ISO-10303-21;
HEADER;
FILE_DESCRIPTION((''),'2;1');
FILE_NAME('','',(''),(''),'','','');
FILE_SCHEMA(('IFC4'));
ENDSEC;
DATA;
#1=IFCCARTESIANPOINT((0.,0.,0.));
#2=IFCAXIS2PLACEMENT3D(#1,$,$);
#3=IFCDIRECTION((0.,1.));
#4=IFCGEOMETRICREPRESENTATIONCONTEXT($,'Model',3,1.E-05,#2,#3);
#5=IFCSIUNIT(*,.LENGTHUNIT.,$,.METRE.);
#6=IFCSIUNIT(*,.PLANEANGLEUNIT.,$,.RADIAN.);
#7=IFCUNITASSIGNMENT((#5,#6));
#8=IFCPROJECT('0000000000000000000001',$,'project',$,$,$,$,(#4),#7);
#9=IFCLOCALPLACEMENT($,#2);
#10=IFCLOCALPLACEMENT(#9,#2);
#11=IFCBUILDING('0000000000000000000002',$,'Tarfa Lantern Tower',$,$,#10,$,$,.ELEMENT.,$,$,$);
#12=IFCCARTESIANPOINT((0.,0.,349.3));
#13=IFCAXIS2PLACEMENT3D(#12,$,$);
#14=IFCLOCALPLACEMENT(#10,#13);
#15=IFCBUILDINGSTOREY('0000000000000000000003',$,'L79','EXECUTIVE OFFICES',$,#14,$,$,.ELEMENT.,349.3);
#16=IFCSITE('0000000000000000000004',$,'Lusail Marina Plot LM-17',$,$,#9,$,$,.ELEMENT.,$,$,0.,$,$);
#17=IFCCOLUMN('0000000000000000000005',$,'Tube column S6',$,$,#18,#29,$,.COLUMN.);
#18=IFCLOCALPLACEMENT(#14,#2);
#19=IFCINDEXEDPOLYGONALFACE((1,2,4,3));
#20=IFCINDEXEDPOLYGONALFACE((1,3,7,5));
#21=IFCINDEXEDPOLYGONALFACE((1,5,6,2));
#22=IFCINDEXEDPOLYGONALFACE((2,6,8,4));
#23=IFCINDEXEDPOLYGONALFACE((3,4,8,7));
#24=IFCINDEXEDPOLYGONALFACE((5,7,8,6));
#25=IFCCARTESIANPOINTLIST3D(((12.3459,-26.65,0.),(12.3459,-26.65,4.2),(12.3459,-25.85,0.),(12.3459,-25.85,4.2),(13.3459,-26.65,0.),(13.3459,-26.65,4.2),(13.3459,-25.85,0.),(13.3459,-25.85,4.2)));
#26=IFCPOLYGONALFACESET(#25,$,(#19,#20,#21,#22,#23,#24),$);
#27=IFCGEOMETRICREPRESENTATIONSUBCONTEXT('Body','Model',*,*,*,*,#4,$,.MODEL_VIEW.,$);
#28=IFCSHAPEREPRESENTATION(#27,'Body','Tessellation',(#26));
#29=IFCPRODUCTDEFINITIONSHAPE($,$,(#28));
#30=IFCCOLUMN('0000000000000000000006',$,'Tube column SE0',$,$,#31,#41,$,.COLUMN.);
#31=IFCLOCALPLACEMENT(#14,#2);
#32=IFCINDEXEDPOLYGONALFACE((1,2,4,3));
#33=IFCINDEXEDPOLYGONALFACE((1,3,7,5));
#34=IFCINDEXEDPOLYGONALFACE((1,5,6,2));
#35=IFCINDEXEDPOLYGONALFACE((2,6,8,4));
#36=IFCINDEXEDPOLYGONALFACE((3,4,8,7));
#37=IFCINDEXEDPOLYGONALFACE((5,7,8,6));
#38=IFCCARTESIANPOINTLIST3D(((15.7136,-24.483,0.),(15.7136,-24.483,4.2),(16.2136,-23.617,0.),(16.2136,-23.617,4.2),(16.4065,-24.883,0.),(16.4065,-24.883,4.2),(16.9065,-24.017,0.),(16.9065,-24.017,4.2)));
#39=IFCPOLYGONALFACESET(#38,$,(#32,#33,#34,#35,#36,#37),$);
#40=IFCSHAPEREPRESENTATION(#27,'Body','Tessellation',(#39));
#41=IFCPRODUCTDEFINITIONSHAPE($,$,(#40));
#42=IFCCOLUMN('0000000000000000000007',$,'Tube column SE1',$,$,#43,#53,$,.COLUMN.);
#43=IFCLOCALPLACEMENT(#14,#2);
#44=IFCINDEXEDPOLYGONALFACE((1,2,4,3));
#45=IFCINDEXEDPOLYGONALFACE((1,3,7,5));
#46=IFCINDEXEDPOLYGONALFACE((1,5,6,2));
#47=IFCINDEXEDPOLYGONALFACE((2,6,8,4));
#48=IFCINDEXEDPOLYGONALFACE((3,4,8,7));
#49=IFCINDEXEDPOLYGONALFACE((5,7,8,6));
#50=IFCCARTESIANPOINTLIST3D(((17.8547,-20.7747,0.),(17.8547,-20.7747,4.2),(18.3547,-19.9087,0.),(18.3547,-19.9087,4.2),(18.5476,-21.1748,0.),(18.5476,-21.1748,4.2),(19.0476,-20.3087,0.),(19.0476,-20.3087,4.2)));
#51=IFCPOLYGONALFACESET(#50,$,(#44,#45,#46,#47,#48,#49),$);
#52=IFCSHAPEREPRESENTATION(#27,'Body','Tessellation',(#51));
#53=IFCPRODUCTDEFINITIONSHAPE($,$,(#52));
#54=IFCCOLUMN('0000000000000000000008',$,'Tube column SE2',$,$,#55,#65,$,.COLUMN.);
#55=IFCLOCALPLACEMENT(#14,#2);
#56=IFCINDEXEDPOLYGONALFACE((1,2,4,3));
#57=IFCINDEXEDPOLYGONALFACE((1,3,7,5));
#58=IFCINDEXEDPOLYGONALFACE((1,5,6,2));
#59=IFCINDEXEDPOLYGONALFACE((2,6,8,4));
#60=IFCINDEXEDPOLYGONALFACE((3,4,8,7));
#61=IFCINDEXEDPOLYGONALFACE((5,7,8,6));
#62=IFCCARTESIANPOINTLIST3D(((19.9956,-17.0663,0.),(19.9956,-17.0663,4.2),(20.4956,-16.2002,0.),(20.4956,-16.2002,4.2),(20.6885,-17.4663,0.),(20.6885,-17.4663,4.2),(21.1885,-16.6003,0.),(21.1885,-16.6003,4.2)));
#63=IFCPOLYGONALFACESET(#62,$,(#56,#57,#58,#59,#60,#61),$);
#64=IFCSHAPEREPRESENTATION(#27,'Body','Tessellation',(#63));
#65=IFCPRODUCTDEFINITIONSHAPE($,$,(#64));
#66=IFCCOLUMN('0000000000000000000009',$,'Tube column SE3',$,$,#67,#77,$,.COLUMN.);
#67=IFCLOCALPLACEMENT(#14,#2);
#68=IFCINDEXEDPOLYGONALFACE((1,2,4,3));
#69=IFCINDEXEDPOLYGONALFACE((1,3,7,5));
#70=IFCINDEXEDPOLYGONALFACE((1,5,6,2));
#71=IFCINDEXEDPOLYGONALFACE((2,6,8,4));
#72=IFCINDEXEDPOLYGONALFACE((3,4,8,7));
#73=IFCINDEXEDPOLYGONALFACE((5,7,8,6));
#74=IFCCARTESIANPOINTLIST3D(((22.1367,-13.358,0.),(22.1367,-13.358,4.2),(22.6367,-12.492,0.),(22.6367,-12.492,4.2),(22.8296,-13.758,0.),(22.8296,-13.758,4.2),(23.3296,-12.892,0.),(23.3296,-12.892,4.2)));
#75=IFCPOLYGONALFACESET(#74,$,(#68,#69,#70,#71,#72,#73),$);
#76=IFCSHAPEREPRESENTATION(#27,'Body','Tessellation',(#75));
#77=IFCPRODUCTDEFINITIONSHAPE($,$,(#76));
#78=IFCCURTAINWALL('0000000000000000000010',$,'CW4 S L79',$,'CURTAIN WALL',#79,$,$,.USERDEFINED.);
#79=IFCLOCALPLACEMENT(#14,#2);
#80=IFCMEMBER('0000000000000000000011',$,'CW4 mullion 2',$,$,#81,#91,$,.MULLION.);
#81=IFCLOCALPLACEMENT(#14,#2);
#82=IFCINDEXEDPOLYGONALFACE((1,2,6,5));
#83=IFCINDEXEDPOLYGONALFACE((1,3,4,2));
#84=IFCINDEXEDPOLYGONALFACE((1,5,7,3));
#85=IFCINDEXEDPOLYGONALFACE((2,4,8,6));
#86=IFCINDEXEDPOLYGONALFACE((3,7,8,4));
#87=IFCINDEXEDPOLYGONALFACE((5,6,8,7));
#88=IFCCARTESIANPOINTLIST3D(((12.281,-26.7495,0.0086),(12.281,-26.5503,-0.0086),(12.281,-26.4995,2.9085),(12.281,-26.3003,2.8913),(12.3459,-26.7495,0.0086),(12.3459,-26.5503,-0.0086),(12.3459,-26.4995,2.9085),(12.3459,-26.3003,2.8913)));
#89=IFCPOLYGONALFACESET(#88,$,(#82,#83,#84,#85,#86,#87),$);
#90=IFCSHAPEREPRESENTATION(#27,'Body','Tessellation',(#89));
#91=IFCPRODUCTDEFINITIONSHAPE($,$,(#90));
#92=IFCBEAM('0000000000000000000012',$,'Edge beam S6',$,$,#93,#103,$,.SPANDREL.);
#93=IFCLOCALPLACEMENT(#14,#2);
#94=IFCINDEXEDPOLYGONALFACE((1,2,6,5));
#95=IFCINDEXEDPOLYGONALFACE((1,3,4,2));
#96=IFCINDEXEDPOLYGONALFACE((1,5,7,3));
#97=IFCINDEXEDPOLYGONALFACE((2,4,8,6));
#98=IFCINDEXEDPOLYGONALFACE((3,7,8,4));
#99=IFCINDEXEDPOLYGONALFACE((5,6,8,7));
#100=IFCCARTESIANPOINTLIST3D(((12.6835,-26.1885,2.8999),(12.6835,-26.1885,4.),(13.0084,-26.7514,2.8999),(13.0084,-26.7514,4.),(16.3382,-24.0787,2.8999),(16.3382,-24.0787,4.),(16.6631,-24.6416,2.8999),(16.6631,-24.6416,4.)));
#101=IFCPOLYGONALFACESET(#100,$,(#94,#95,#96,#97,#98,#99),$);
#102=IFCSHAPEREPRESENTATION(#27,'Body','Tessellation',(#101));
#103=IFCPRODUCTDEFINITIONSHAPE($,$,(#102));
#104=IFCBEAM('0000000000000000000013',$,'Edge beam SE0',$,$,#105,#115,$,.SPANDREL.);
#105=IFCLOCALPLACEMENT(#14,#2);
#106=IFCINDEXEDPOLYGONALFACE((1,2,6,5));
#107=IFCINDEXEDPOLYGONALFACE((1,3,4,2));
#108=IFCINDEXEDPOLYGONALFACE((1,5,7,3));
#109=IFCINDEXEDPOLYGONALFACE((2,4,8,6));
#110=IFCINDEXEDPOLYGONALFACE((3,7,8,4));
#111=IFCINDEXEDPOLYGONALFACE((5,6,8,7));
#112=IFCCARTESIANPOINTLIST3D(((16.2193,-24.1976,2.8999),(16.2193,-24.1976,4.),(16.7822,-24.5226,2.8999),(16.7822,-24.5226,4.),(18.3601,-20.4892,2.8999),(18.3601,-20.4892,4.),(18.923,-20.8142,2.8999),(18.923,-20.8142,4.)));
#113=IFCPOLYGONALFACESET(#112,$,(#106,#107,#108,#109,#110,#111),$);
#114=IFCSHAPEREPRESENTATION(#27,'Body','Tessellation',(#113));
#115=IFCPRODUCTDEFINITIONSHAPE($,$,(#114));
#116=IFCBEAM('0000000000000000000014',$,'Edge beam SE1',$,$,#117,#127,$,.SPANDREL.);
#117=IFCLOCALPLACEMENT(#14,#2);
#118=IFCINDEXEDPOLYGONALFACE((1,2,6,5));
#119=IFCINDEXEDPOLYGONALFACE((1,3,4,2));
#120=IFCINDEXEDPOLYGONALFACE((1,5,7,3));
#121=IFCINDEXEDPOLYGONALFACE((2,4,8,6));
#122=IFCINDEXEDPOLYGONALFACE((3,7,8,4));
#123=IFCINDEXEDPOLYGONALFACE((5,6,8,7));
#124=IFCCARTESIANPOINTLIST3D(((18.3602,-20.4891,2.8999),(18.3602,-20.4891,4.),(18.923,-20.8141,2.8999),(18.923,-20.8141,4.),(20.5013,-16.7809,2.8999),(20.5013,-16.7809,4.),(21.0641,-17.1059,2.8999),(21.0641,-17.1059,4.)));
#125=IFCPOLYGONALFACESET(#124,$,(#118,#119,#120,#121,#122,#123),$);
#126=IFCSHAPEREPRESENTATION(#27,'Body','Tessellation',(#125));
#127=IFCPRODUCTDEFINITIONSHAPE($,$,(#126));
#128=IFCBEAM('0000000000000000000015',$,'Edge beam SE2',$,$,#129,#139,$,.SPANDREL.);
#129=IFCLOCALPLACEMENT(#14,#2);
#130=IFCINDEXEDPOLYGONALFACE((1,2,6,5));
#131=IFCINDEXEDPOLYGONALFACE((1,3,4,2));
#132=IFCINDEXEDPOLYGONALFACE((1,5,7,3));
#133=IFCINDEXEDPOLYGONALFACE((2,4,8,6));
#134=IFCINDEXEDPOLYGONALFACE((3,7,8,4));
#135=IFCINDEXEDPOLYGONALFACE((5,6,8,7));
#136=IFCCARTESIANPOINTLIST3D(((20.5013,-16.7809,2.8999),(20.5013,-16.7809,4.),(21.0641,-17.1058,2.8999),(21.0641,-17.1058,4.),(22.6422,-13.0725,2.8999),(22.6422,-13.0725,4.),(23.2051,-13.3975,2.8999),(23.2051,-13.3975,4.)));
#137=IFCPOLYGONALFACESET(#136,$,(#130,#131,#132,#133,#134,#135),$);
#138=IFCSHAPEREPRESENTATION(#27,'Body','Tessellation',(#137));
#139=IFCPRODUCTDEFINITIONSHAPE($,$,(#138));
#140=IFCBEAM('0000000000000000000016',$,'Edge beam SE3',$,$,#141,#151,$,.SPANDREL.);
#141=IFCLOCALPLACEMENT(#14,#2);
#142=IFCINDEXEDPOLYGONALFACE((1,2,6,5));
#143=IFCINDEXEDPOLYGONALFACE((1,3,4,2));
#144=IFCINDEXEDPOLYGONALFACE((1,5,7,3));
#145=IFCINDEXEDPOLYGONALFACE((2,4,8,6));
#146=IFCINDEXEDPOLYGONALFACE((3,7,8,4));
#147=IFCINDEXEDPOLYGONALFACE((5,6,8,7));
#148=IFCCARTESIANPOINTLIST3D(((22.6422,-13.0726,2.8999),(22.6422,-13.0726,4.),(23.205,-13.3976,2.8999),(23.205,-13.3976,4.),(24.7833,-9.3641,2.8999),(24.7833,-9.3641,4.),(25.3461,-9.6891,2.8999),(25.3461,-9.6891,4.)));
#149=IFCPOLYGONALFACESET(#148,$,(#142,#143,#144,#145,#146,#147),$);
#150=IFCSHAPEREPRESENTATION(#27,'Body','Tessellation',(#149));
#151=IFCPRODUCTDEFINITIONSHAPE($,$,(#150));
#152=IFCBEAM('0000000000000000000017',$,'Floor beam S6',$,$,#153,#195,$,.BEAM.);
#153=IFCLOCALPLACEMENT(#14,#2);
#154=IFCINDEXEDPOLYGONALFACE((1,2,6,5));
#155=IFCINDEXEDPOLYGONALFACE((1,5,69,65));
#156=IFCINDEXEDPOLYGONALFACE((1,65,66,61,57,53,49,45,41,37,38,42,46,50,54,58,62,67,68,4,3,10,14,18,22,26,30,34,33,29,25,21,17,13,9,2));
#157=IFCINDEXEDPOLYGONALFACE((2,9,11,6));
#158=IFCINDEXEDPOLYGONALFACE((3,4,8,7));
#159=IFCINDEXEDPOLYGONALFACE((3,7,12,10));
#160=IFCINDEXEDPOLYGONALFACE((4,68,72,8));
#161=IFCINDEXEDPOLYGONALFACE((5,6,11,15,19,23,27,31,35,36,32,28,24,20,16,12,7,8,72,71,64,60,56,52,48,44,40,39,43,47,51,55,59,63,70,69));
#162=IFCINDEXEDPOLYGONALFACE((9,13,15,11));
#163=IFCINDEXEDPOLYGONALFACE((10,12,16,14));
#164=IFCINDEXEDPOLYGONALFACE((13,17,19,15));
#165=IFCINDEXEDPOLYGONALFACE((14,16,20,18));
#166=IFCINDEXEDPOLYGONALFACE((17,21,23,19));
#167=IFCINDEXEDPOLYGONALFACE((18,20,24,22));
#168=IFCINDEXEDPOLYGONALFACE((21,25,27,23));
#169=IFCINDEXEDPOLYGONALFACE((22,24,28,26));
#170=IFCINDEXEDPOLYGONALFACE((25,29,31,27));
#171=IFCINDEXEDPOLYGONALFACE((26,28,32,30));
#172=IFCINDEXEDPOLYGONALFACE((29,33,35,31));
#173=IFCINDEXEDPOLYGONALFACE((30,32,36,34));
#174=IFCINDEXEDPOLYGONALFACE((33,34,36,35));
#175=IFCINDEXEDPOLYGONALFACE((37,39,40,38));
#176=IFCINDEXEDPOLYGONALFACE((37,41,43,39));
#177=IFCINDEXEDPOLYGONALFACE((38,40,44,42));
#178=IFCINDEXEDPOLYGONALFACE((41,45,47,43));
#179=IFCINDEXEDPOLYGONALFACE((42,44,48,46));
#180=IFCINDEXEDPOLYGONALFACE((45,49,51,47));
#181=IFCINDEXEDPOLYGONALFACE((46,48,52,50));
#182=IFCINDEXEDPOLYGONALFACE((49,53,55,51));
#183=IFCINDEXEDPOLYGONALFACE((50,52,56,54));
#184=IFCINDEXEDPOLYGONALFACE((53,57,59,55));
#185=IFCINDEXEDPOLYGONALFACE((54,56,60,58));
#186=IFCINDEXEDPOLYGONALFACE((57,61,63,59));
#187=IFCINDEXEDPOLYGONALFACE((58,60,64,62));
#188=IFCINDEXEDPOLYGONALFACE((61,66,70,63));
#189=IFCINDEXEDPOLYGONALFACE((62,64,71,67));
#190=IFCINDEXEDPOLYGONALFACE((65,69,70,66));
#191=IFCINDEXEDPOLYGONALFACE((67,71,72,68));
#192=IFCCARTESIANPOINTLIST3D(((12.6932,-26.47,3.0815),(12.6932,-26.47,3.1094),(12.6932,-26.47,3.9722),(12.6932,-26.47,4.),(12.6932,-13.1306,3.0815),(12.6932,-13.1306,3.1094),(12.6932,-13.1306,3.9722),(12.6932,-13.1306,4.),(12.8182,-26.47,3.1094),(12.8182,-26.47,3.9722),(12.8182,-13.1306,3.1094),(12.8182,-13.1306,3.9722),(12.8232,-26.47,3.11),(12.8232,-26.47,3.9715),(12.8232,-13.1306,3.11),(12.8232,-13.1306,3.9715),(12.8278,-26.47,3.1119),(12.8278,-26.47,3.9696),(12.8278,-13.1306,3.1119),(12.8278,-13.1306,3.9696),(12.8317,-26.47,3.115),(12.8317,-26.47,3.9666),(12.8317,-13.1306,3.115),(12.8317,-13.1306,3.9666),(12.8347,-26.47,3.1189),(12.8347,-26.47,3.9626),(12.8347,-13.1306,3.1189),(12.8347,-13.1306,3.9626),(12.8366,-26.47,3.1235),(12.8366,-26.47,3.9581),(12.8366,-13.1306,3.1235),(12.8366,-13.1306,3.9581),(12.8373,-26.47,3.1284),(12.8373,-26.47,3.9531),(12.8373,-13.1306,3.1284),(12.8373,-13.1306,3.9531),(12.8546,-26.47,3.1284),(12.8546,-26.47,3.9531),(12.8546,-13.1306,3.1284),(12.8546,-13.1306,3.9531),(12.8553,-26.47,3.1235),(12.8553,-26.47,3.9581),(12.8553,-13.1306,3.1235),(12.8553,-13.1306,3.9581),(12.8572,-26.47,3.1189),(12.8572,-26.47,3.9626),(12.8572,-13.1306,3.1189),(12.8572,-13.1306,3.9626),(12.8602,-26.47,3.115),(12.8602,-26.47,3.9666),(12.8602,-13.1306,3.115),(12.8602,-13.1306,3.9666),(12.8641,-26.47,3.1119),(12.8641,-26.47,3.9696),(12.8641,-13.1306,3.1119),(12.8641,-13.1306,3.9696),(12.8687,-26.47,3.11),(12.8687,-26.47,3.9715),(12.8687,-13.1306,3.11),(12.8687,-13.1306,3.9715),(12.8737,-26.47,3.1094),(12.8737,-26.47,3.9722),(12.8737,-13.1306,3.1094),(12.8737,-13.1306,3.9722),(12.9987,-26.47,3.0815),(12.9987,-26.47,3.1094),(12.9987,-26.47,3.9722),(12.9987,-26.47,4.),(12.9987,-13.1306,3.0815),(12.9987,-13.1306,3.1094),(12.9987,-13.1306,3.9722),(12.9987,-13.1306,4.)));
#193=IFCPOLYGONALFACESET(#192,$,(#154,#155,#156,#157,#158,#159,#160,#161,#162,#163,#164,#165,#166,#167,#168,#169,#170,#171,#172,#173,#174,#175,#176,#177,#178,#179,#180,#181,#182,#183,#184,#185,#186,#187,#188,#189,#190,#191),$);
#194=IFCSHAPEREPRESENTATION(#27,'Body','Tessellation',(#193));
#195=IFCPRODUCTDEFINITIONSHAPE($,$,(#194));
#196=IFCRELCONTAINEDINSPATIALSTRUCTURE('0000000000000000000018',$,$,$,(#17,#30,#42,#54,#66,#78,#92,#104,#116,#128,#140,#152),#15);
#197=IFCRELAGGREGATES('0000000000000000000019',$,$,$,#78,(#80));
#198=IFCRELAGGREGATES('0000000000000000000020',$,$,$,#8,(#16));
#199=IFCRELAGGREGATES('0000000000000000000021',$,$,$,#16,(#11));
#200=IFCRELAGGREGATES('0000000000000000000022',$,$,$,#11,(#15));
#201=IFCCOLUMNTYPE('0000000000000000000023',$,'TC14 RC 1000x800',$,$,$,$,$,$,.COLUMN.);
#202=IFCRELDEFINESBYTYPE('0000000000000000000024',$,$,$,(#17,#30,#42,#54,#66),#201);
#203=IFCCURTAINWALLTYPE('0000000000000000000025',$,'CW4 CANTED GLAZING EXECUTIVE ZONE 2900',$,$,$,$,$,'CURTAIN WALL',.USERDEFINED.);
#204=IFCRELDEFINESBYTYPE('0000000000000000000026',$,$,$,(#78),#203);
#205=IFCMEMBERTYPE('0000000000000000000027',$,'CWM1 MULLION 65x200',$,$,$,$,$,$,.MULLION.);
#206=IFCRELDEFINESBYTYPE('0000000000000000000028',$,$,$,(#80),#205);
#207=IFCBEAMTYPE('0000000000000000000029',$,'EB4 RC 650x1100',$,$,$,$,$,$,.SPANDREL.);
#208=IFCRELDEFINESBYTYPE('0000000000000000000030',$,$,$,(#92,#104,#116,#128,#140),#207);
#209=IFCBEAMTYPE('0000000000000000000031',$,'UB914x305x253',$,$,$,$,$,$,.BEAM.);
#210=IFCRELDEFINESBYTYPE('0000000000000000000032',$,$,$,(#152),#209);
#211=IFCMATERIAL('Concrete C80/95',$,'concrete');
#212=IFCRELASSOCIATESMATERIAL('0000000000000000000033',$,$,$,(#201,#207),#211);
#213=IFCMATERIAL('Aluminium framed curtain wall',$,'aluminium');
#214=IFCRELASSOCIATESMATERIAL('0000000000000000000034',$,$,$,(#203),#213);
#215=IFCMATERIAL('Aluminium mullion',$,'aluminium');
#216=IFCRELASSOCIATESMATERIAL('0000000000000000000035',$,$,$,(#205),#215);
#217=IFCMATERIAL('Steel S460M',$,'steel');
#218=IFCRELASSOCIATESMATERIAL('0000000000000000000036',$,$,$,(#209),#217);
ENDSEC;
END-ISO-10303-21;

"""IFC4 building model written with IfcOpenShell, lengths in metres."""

from ifc_helpers import new_model, si_unit, direction, frame, origin, origin_2d, place, context, subcontext, project, spatial, rectangle, i_section, extrude, material, material_profile, profile_set, type_object, element, aggregate, save


model = new_model("IFC4")

# Units and contexts
model_context = context("Model", 3, precision=1e-05, world=origin(), true_north=direction((0.0, 1.0)))
body_context = subcontext(model_context, "Body", "Model", "MODEL_VIEW")
ifc_project = project(units=[si_unit("LENGTHUNIT", "METRE"), si_unit("PLANEANGLEUNIT", "RADIAN")], contexts=[model_context])

# Site, building, storey
site_placement = place(None, origin())
site = spatial("IfcSite", under=ifc_project, at=site_placement, Name="Lusail Marina Plot LM-17", CompositionType="ELEMENT", RefElevation=0.0)
building_placement = place(site_placement, origin())
building = spatial("IfcBuilding", under=site, at=building_placement, Name="Tarfa Lantern Tower", CompositionType="ELEMENT")
storey_placement = place(building_placement, frame((0.0, 0.0, 349.3)))
storey = spatial("IfcBuildingStorey", under=building, at=storey_placement, Name="L79", Description="EXECUTIVE OFFICES", CompositionType="ELEMENT", Elevation=349.3)

# Columns
ifc_material_1 = material(Name="Concrete C80/95", Category="concrete")
ifc_material_profile_1 = material_profile(ifc_material_1, rectangle(XDim=1.0, YDim=0.8, at=origin_2d()), Name="RC 1000x800")
ifc_profile_set_1 = profile_set([ifc_material_profile_1], Name="Concrete C80/95")
column_type = type_object("IfcColumnType", Name="TC14 RC 1000x800", PredefinedType="COLUMN", material=ifc_profile_set_1)
for number, where, z_axis, x_axis, name in (
    (1, (12.8459, -26.25, 0.0), (0.0, 0.0, 1.0), (1.0, 0.0, 0.0), "Tube column S6"),
    (2, (16.3101, -24.25, 0.0), (0.0, 0.0, 1.0), (0.5, 0.866025, 0.0), "Tube column SE0"),
    (3, (18.4512, -20.5417, 0.0), (0.0, 0.0, 1.0), (0.5, 0.866025, 0.0), "Tube column SE1"),
    (4, (20.592, -16.8333, 0.0), (0.0, 0.0, 1.0), (0.5, 0.866025, 0.0), "Tube column SE2"),
    (5, (22.7332, -13.125, 0.0), (0.0, 0.0, 1.0), (0.5, 0.866025, 0.0), "Tube column SE3"),
):
    element("IfcColumn", number, at=place(storey_placement, frame(where, z_axis=z_axis, x_axis=x_axis)), inside=storey, type_object=column_type, Name=name, PredefinedType="COLUMN", context=body_context, shape_type="SweptSolid", body=[
        extrude(rectangle(XDim=1.0, YDim=0.8, at=origin_2d()), origin(), (0.0, 0.0, 1.0), 4.2),
    ])

# Curtain wall, member
ifc_material_2 = material(Name="Aluminium framed curtain wall", Category="aluminium")
curtain_wall_type = type_object("IfcCurtainWallType", Name="CW4 CANTED GLAZING EXECUTIVE ZONE 2900", ElementType="CURTAIN WALL", PredefinedType="USERDEFINED", material=ifc_material_2)
curtain_wall_placement = place(storey_placement, origin())
curtain_wall = element("IfcCurtainWall", 6, at=curtain_wall_placement, inside=storey, type_object=curtain_wall_type, Name="CW4 S L79", ObjectType="CURTAIN WALL", PredefinedType="USERDEFINED")
ifc_material_3 = material(Name="Aluminium mullion", Category="aluminium")
ifc_material_profile_2 = material_profile(ifc_material_3, rectangle(XDim=0.0649, YDim=0.2, at=origin_2d()), Name="AL MULLION 65x200")
ifc_profile_set_2 = profile_set([ifc_material_profile_2], Name="Aluminium mullion")
member_type = type_object("IfcMemberType", Name="CWM1 MULLION 65x200", PredefinedType="MULLION", material=ifc_profile_set_2)
member_placement = place(storey_placement, frame((12.3135, -26.6499, 0.0), z_axis=(0.0, 0.085891, 0.996305), x_axis=(-1.0, 0.0, 0.0)))
member = element("IfcMember", 7, at=member_placement, type_object=member_type, Name="CW4 mullion 2", PredefinedType="MULLION", context=body_context, shape_type="SweptSolid", body=[
    extrude(rectangle(XDim=0.0649, YDim=0.2, at=origin_2d()), origin(), (0.0, 0.0, 1.0), 2.9106),
])
aggregate(curtain_wall, [member])

# Beams
ifc_material_profile_3 = material_profile(ifc_material_1, rectangle(XDim=0.6499, YDim=1.1001, at=origin_2d()), Name="RC 650x1100")
ifc_profile_set_3 = profile_set([ifc_material_profile_3], Name="Concrete C80/95")
beam_type_1 = type_object("IfcBeamType", Name="EB4 RC 650x1100", PredefinedType="SPANDREL", material=ifc_profile_set_3)
beam_1_placement = place(storey_placement, frame((12.8459, -26.47, 3.45), z_axis=(0.866049, 0.499959, 0.0), x_axis=(-0.499959, 0.866049, 0.0)))
element("IfcBeam", 8, at=beam_1_placement, inside=storey, type_object=beam_type_1, Name="Edge beam S6", PredefinedType="SPANDREL", context=body_context, shape_type="SweptSolid", body=[
    extrude(rectangle(XDim=0.6499, YDim=1.1001, at=origin_2d()), origin(), (0.0, 0.0, 1.0), 4.22),
])
for number, where, z_axis, x_axis, name in (
    (9, (16.5007, -24.3601, 3.45), (0.499959, 0.866049, 0.0), (-0.866049, 0.499959, 0.0), "Edge beam SE0"),
    (10, (18.6416, -20.6516, 3.45), (0.500027, 0.86601, 0.0), (-0.86601, 0.500027, 0.0), "Edge beam SE1"),
    (11, (20.7827, -16.9434, 3.45), (0.499984, 0.866035, 0.0), (-0.866035, 0.499984, 0.0), "Edge beam SE2"),
):
    element("IfcBeam", number, at=place(storey_placement, frame(where, z_axis=z_axis, x_axis=x_axis)), inside=storey, type_object=beam_type_1, Name=name, PredefinedType="SPANDREL", context=body_context, shape_type="SweptSolid", body=[
        extrude(rectangle(XDim=0.6499, YDim=1.1001, at=origin_2d()), origin(), (0.0, 0.0, 1.0), 4.282),
    ])
beam_2_placement = place(storey_placement, frame((22.9236, -13.2351, 3.45), z_axis=(0.500002, 0.866024, 0.0), x_axis=(-0.866024, 0.500002, 0.0)))
element("IfcBeam", 12, at=beam_2_placement, inside=storey, type_object=beam_type_1, Name="Edge beam SE3", PredefinedType="SPANDREL", context=body_context, shape_type="SweptSolid", body=[
    extrude(rectangle(XDim=0.6499, YDim=1.1001, at=origin_2d()), origin(), (0.0, 0.0, 1.0), 4.2822),
])
ifc_material_4 = material(Name="Steel S460M", Category="steel")
ifc_material_profile_4 = material_profile(ifc_material_4, i_section(OverallWidth=0.3054, OverallDepth=0.9185, WebThickness=0.0173, FlangeThickness=0.0278, FilletRadius=0.019, at=origin_2d()), Name="UB914x305x253")
ifc_profile_set_4 = profile_set([ifc_material_profile_4], Name="Steel S460M")
beam_type_2 = type_object("IfcBeamType", Name="UB914x305x253", PredefinedType="BEAM", material=ifc_profile_set_4)
beam_3_placement = place(storey_placement, frame((12.8459, -26.47, 3.5408), z_axis=(0.0, 1.0, 0.0), x_axis=(-1.0, 0.0, 0.0)))
element("IfcBeam", 13, at=beam_3_placement, inside=storey, type_object=beam_type_2, Name="Floor beam S6", PredefinedType="BEAM", context=body_context, shape_type="SweptSolid", body=[
    extrude(i_section(OverallWidth=0.3054, OverallDepth=0.9185, WebThickness=0.0173, FlangeThickness=0.0278, FilletRadius=0.019, at=origin_2d()), origin(), (0.0, 0.0, 1.0), 13.3394),
])

save(model, "model.ifc")
